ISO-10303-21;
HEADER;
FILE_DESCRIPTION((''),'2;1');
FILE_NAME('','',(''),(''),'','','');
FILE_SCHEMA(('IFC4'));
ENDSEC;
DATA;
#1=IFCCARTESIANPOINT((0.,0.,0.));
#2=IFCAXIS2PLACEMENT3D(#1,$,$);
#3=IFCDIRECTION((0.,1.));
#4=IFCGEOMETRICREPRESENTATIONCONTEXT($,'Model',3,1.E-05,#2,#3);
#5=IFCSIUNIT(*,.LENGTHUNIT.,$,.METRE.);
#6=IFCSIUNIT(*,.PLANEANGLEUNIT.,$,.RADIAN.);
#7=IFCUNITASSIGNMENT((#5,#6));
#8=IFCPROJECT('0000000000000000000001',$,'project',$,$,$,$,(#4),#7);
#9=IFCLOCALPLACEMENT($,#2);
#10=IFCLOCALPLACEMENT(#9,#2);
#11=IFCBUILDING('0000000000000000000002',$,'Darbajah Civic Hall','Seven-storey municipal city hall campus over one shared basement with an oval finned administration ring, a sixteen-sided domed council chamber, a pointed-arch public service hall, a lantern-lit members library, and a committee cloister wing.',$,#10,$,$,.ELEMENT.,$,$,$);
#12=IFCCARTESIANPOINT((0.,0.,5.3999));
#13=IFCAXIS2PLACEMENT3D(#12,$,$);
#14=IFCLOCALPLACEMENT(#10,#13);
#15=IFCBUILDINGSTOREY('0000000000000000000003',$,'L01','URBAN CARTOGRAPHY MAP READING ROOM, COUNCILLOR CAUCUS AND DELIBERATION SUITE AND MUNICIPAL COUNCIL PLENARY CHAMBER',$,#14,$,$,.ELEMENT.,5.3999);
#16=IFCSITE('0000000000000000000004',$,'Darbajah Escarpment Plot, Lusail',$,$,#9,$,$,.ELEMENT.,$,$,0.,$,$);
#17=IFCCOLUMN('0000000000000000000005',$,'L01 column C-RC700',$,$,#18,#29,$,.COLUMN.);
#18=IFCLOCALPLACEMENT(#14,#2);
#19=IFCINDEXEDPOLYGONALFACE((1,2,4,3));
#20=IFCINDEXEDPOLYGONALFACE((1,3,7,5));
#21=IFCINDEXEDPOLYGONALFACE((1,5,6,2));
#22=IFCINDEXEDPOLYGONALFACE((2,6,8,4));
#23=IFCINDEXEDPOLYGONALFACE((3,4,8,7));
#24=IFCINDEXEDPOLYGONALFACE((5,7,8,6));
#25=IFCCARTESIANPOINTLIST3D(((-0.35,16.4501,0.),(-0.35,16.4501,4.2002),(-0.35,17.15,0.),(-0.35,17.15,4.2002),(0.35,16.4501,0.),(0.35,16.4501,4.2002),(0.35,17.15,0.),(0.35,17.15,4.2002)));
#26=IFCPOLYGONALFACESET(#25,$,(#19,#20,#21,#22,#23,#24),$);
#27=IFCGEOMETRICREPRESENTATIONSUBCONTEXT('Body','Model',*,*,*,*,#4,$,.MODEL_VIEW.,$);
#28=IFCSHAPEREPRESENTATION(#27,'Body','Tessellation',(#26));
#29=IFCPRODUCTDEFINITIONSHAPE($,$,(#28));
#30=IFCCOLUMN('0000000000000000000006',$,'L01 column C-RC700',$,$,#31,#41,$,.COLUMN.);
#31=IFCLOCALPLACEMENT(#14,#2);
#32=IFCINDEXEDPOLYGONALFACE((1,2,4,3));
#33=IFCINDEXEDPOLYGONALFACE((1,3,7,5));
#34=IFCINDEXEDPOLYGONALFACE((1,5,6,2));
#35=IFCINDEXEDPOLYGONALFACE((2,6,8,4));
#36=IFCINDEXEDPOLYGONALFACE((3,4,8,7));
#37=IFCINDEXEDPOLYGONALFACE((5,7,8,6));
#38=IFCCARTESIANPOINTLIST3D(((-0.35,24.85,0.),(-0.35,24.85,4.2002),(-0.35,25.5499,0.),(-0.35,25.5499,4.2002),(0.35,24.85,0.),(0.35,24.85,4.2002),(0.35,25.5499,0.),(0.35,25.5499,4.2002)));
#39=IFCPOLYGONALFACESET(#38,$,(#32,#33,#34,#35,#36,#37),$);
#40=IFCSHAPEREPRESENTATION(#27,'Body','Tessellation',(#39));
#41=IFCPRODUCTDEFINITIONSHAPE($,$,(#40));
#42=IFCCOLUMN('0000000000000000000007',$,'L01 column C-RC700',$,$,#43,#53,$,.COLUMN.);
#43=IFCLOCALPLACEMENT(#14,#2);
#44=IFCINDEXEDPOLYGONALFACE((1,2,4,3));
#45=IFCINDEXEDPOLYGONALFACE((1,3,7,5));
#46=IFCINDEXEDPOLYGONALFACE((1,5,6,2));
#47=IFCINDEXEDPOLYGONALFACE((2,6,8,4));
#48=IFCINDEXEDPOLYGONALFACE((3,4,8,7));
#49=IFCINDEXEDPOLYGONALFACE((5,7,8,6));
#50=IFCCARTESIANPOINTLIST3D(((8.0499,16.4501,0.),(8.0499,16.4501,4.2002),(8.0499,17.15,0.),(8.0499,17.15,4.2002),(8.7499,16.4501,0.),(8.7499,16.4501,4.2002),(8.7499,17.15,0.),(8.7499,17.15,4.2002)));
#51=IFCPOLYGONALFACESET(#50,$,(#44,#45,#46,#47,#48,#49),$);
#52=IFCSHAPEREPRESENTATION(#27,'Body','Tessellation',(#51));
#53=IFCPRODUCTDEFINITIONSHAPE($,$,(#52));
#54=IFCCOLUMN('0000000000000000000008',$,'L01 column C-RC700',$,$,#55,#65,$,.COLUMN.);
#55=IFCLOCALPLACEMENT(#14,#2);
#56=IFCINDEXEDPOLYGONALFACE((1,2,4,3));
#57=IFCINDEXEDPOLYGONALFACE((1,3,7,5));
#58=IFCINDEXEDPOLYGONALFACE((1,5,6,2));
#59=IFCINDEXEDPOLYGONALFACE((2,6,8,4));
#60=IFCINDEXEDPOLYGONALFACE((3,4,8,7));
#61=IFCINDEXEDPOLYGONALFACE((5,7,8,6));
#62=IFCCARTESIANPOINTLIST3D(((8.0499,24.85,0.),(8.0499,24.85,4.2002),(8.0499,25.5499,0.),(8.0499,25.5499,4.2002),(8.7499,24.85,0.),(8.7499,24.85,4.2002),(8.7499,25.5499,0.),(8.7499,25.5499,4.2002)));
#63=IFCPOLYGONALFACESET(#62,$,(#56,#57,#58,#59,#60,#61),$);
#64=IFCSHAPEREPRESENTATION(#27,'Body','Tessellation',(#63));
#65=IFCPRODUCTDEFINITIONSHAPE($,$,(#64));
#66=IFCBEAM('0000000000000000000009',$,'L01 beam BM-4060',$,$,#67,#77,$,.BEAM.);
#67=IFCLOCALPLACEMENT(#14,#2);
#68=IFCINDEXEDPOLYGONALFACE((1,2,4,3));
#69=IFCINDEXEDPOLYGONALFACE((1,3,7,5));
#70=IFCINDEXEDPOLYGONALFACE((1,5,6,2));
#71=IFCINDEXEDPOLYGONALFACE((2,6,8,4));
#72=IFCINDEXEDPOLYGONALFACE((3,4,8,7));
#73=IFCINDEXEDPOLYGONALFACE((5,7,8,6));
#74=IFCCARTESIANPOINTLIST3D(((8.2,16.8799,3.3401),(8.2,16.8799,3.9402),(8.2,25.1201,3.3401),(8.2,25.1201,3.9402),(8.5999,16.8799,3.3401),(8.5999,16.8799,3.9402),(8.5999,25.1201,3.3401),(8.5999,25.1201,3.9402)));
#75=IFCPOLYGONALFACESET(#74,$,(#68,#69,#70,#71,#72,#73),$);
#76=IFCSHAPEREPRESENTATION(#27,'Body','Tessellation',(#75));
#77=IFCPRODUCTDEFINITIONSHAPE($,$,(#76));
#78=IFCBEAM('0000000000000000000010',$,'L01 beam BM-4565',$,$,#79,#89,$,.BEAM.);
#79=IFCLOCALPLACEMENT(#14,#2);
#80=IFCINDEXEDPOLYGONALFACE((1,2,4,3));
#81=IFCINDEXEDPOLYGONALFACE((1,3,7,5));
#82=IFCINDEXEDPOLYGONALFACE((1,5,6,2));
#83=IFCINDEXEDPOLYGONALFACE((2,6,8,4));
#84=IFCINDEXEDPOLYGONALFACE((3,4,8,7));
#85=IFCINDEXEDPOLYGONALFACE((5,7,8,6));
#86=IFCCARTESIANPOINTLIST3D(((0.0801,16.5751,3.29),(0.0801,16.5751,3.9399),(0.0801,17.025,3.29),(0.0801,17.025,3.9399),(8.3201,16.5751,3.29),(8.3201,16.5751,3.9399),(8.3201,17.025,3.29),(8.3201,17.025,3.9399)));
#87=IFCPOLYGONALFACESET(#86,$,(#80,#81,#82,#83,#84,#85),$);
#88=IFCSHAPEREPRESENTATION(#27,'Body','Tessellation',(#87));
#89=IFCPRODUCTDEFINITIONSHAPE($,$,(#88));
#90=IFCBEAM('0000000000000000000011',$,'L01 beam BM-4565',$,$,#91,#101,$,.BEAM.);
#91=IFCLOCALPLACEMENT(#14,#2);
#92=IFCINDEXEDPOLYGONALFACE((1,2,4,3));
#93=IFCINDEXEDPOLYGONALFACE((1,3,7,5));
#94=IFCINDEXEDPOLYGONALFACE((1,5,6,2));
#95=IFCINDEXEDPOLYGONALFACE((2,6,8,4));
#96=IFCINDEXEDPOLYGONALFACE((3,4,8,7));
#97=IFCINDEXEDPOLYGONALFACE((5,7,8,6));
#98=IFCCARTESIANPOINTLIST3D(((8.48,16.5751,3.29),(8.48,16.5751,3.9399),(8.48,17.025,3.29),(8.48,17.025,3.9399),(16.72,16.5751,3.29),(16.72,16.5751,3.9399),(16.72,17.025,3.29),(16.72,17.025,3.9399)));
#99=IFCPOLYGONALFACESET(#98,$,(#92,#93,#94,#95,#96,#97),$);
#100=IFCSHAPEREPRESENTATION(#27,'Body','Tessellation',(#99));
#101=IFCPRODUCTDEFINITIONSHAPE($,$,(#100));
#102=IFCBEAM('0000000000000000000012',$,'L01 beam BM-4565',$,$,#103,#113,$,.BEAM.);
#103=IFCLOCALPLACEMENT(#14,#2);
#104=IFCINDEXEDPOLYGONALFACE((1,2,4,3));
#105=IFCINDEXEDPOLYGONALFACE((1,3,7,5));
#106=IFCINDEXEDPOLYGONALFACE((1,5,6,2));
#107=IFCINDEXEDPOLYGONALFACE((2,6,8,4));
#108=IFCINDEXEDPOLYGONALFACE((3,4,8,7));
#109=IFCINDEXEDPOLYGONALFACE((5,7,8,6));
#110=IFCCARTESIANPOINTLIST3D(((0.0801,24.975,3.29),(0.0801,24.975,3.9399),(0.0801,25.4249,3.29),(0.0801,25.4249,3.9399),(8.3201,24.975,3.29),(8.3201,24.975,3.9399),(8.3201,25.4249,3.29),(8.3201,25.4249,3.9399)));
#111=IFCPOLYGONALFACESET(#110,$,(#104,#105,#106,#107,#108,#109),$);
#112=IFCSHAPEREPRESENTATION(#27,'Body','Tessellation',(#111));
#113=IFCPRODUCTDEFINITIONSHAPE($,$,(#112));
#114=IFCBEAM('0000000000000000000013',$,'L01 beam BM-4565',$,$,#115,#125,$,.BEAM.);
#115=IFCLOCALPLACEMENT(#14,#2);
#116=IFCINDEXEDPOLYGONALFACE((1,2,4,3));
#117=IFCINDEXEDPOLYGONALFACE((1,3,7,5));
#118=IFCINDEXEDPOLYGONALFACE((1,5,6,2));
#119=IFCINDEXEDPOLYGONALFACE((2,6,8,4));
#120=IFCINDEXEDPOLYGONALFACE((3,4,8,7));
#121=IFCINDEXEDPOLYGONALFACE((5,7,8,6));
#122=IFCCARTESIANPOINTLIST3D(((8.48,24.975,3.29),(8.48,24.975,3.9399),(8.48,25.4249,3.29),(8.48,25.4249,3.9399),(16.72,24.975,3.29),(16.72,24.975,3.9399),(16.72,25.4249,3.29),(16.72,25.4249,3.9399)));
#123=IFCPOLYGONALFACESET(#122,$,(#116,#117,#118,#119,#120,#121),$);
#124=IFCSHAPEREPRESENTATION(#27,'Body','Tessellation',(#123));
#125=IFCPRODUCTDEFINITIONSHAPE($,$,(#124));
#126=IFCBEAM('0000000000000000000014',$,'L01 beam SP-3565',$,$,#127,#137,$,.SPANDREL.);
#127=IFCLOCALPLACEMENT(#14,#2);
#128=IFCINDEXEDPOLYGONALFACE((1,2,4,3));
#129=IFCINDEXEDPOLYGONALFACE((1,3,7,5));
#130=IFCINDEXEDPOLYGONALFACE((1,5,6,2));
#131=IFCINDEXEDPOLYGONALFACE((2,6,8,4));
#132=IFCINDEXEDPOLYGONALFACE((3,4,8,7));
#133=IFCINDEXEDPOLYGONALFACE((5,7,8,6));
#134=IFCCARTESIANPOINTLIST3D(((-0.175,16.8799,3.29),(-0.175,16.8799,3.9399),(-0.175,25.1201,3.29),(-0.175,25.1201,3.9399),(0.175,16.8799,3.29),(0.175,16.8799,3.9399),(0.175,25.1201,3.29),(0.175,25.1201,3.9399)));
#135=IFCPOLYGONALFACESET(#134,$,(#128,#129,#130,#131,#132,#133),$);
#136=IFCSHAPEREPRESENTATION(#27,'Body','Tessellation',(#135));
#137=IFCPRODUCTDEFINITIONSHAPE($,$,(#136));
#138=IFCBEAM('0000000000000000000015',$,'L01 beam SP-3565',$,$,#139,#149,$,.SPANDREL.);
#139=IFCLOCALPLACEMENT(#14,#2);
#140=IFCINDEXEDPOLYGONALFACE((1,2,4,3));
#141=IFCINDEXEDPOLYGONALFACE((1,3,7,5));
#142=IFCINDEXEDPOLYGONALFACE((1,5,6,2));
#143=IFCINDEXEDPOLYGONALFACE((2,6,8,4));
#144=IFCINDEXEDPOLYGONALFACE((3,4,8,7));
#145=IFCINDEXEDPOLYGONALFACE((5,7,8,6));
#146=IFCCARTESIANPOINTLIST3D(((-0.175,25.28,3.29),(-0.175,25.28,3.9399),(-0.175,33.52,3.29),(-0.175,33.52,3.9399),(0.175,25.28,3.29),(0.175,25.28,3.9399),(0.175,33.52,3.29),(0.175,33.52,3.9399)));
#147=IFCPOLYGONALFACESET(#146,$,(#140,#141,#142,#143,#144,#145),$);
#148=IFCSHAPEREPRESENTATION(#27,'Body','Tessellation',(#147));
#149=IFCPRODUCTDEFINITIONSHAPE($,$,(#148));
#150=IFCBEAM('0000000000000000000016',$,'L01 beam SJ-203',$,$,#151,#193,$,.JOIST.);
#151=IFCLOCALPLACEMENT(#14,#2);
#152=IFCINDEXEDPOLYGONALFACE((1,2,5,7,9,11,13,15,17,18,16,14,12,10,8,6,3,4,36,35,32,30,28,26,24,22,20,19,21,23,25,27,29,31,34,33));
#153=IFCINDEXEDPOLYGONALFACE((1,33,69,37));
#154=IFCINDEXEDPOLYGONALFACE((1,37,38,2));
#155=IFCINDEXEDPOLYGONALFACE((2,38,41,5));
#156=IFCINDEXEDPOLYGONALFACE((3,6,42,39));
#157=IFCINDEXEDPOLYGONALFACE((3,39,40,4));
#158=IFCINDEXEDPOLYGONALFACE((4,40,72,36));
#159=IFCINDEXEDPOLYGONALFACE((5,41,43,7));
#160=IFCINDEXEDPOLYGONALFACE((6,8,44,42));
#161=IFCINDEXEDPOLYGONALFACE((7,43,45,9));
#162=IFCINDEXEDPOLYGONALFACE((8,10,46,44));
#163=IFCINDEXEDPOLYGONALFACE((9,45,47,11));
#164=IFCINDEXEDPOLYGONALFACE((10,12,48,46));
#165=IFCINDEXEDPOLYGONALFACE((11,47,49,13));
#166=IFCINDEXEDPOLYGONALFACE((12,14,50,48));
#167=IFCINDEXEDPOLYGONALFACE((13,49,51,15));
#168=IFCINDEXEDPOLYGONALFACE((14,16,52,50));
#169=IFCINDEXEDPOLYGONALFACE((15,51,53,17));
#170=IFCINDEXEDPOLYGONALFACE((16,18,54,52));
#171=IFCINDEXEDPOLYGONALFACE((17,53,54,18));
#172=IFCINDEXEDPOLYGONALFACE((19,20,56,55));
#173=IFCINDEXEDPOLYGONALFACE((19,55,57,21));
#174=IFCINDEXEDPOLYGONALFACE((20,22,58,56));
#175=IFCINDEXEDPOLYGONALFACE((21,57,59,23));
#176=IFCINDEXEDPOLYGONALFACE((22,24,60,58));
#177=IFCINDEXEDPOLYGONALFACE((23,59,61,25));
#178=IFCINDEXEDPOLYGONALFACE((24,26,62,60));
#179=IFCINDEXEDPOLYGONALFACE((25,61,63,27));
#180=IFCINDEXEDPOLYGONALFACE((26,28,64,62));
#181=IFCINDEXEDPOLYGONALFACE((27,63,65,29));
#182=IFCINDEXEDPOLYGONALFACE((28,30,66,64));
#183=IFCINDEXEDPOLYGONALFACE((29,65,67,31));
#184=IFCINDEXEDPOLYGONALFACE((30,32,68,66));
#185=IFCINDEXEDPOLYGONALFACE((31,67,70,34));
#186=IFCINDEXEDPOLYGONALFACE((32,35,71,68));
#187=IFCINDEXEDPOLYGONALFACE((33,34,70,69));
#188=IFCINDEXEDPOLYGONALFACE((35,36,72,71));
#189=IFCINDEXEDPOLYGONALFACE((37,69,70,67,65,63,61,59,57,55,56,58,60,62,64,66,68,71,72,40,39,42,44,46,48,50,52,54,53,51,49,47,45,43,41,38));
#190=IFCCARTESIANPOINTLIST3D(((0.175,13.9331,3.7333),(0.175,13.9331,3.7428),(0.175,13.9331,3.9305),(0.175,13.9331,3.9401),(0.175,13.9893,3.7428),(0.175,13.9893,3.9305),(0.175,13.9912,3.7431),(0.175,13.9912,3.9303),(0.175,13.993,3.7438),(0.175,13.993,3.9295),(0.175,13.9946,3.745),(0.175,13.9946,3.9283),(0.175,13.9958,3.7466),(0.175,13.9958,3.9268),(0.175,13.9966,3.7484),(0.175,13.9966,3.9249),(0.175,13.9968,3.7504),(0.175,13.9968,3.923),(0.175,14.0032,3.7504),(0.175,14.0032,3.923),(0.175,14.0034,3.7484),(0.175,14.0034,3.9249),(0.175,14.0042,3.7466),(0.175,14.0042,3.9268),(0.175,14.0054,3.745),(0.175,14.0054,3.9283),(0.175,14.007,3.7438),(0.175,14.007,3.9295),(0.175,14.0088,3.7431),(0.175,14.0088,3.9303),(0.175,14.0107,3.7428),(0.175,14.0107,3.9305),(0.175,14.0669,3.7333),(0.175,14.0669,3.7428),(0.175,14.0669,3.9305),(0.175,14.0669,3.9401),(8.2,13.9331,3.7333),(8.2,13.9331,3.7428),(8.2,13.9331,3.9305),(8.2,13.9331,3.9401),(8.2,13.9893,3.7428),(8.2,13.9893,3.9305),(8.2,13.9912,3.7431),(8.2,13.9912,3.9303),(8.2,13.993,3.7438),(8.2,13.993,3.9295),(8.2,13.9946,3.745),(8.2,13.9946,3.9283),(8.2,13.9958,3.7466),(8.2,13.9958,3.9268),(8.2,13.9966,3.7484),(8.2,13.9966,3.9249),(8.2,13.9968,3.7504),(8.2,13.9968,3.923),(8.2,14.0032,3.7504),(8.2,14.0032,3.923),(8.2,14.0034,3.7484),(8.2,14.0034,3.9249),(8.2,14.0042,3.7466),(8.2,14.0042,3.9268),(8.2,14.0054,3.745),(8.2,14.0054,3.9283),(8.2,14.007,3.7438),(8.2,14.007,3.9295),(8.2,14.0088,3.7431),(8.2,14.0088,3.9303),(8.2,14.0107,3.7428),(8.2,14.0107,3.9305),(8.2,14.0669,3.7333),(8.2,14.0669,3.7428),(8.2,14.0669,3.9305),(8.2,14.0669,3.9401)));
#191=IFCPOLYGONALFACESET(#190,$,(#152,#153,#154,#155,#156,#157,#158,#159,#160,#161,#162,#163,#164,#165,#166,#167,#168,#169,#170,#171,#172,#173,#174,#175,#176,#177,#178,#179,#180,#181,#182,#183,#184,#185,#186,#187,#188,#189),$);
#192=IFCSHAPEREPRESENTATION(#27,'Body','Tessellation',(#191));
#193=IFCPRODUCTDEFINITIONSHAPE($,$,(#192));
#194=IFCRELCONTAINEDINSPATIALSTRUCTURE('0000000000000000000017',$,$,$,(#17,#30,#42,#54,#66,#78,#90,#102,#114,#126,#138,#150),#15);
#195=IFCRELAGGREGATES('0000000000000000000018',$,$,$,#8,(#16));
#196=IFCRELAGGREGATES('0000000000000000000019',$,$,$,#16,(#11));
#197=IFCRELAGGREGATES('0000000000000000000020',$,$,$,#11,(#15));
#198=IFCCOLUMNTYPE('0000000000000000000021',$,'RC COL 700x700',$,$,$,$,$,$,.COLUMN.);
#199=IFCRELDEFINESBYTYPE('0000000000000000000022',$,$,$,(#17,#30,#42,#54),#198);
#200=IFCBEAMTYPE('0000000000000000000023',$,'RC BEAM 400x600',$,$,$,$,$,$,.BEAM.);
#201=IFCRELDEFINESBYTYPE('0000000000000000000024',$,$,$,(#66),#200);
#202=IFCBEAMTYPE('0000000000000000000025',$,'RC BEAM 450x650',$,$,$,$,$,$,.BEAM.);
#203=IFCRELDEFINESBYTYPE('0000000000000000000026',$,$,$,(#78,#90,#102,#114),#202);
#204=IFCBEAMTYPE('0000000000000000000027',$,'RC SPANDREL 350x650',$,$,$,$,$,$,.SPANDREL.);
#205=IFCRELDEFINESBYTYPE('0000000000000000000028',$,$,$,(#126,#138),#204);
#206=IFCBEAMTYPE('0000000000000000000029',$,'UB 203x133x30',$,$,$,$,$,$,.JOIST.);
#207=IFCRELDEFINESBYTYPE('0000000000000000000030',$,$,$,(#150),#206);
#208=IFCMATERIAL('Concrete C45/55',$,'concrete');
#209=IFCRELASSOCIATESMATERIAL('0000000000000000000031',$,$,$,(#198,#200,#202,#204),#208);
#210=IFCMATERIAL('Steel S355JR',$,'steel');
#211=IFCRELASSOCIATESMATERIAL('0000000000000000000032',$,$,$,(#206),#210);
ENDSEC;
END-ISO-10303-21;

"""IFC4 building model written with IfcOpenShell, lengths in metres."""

from ifc_helpers import new_model, si_unit, direction, frame, origin, origin_2d, place, context, subcontext, project, spatial, rectangle, i_section, extrude, material, material_profile, profile_set, type_object, element, save


model = new_model("IFC4")

# Units and contexts
model_context = context("Model", 3, precision=1e-05, world=origin(), true_north=direction((0.0, 1.0)))
body_context = subcontext(model_context, "Body", "Model", "MODEL_VIEW")
ifc_project = project(units=[si_unit("LENGTHUNIT", "METRE"), si_unit("PLANEANGLEUNIT", "RADIAN")], contexts=[model_context])

# Site, building, storey
site_placement = place(None, origin())
site = spatial("IfcSite", under=ifc_project, at=site_placement, Name="Darbajah Escarpment Plot, Lusail", CompositionType="ELEMENT", RefElevation=0.0)
building_placement = place(site_placement, origin())
building = spatial("IfcBuilding", under=site, at=building_placement, Name="Darbajah Civic Hall", Description="Seven-storey municipal city hall campus over one shared basement with an oval finned administration ring, a sixteen-sided domed council chamber, a pointed-arch public service hall, a lantern-lit members library, and a committee cloister wing.", CompositionType="ELEMENT")
storey_placement = place(building_placement, frame((0.0, 0.0, 5.3999)))
storey = spatial("IfcBuildingStorey", under=building, at=storey_placement, Name="L01", Description="URBAN CARTOGRAPHY MAP READING ROOM, COUNCILLOR CAUCUS AND DELIBERATION SUITE AND MUNICIPAL COUNCIL PLENARY CHAMBER", CompositionType="ELEMENT", Elevation=5.3999)

# Columns
ifc_material_1 = material(Name="Concrete C45/55", Category="concrete")
ifc_material_profile_1 = material_profile(ifc_material_1, rectangle(XDim=0.7, YDim=0.7, at=origin_2d()), Name="RC COL 700x700")
ifc_profile_set_1 = profile_set([ifc_material_profile_1], Name="Concrete C45/55")
column_type = type_object("IfcColumnType", Name="RC COL 700x700", PredefinedType="COLUMN", material=ifc_profile_set_1)
for number, where, z_axis, x_axis, name in (
    (1, (0.0, 16.8, 0.0), (0.0, 0.0, 1.0), (1.0, 0.0, 0.0), "L01 column C-RC700"),
    (2, (0.0, 25.2, 0.0), (0.0, 0.0, 1.0), (1.0, 0.0, 0.0), "L01 column C-RC700"),
    (3, (8.3999, 16.8, 0.0), (0.0, 0.0, 1.0), (1.0, 0.0, 0.0), "L01 column C-RC700"),
    (4, (8.3999, 25.2, 0.0), (0.0, 0.0, 1.0), (1.0, 0.0, 0.0), "L01 column C-RC700"),
):
    element("IfcColumn", number, at=place(storey_placement, frame(where, z_axis=z_axis, x_axis=x_axis)), inside=storey, type_object=column_type, Name=name, PredefinedType="COLUMN", context=body_context, shape_type="SweptSolid", body=[
        extrude(rectangle(XDim=0.7, YDim=0.7, at=origin_2d()), origin(), (0.0, 0.0, 1.0), 4.2002),
    ])

# Beams
ifc_material_profile_2 = material_profile(ifc_material_1, rectangle(XDim=0.3999, YDim=0.6001, at=origin_2d()), Name="RC BEAM 400x600")
ifc_profile_set_2 = profile_set([ifc_material_profile_2], Name="Concrete C45/55")
beam_type_1 = type_object("IfcBeamType", Name="RC BEAM 400x600", PredefinedType="BEAM", material=ifc_profile_set_2)
beam_1_placement = place(storey_placement, frame((8.3999, 16.8799, 3.6401), z_axis=(0.0, 1.0, 0.0), x_axis=(-1.0, 0.0, 0.0)))
element("IfcBeam", 5, at=beam_1_placement, inside=storey, type_object=beam_type_1, Name="L01 beam BM-4060", PredefinedType="BEAM", context=body_context, shape_type="SweptSolid", body=[
    extrude(rectangle(XDim=0.3999, YDim=0.6001, at=origin_2d()), origin(), (0.0, 0.0, 1.0), 8.2402),
])
ifc_material_profile_3 = material_profile(ifc_material_1, rectangle(XDim=0.45, YDim=0.6499, at=origin_2d()), Name="RC BEAM 450x650")
ifc_profile_set_3 = profile_set([ifc_material_profile_3], Name="Concrete C45/55")
beam_type_2 = type_object("IfcBeamType", Name="RC BEAM 450x650", PredefinedType="BEAM", material=ifc_profile_set_3)
for number, where, z_axis, x_axis, name in (
    (6, (0.0801, 16.8, 3.615), (1.0, 0.0, 0.0), (0.0, 1.0, 0.0), "L01 beam BM-4565"),
    (7, (8.48, 16.8, 3.615), (1.0, 0.0, 0.0), (0.0, 1.0, 0.0), "L01 beam BM-4565"),
    (8, (0.0801, 25.2, 3.615), (1.0, 0.0, 0.0), (0.0, 1.0, 0.0), "L01 beam BM-4565"),
    (9, (8.48, 25.2, 3.615), (1.0, 0.0, 0.0), (0.0, 1.0, 0.0), "L01 beam BM-4565"),
):
    element("IfcBeam", number, at=place(storey_placement, frame(where, z_axis=z_axis, x_axis=x_axis)), inside=storey, type_object=beam_type_2, Name=name, PredefinedType="BEAM", context=body_context, shape_type="SweptSolid", body=[
        extrude(rectangle(XDim=0.45, YDim=0.6499, at=origin_2d()), origin(), (0.0, 0.0, 1.0), 8.24),
    ])
ifc_material_profile_4 = material_profile(ifc_material_1, rectangle(XDim=0.3501, YDim=0.6499, at=origin_2d()), Name="RC SPANDREL 350x650")
ifc_profile_set_4 = profile_set([ifc_material_profile_4], Name="Concrete C45/55")
beam_type_3 = type_object("IfcBeamType", Name="RC SPANDREL 350x650", PredefinedType="SPANDREL", material=ifc_profile_set_4)
beam_2_placement = place(storey_placement, frame((0.0, 16.8799, 3.615), z_axis=(0.0, 1.0, 0.0), x_axis=(-1.0, 0.0, 0.0)))
element("IfcBeam", 10, at=beam_2_placement, inside=storey, type_object=beam_type_3, Name="L01 beam SP-3565", PredefinedType="SPANDREL", context=body_context, shape_type="SweptSolid", body=[
    extrude(rectangle(XDim=0.3501, YDim=0.6499, at=origin_2d()), origin(), (0.0, 0.0, 1.0), 8.2402),
])
beam_3_placement = place(storey_placement, frame((0.0, 25.28, 3.615), z_axis=(0.0, 1.0, 0.0), x_axis=(-1.0, 0.0, 0.0)))
element("IfcBeam", 11, at=beam_3_placement, inside=storey, type_object=beam_type_3, Name="L01 beam SP-3565", PredefinedType="SPANDREL", context=body_context, shape_type="SweptSolid", body=[
    extrude(rectangle(XDim=0.3501, YDim=0.6499, at=origin_2d()), origin(), (0.0, 0.0, 1.0), 8.24),
])
ifc_material_2 = material(Name="Steel S355JR", Category="steel")
ifc_material_profile_5 = material_profile(ifc_material_2, i_section(OverallWidth=0.1338, OverallDepth=0.2068, WebThickness=0.0063, FlangeThickness=0.0095, FilletRadius=0.0076, at=origin_2d()), Name="UB 203x133x30")
ifc_profile_set_5 = profile_set([ifc_material_profile_5], Name="Steel S355JR")
beam_type_4 = type_object("IfcBeamType", Name="UB 203x133x30", PredefinedType="JOIST", material=ifc_profile_set_5)
for number, where, z_axis, x_axis, name in (
    (12, (0.175, 14.0, 3.8367), (1.0, 0.0, 0.0), (0.0, 1.0, 0.0), "L01 beam SJ-203"),
):
    element("IfcBeam", number, at=place(storey_placement, frame(where, z_axis=z_axis, x_axis=x_axis)), inside=storey, type_object=beam_type_4, Name=name, PredefinedType="JOIST", context=body_context, shape_type="SweptSolid", body=[
        extrude(i_section(OverallWidth=0.1338, OverallDepth=0.2068, WebThickness=0.0063, FlangeThickness=0.0095, FilletRadius=0.0076, at=origin_2d()), origin(), (0.0, 0.0, 1.0), 8.0249),
    ])

save(model, "model.ifc")
